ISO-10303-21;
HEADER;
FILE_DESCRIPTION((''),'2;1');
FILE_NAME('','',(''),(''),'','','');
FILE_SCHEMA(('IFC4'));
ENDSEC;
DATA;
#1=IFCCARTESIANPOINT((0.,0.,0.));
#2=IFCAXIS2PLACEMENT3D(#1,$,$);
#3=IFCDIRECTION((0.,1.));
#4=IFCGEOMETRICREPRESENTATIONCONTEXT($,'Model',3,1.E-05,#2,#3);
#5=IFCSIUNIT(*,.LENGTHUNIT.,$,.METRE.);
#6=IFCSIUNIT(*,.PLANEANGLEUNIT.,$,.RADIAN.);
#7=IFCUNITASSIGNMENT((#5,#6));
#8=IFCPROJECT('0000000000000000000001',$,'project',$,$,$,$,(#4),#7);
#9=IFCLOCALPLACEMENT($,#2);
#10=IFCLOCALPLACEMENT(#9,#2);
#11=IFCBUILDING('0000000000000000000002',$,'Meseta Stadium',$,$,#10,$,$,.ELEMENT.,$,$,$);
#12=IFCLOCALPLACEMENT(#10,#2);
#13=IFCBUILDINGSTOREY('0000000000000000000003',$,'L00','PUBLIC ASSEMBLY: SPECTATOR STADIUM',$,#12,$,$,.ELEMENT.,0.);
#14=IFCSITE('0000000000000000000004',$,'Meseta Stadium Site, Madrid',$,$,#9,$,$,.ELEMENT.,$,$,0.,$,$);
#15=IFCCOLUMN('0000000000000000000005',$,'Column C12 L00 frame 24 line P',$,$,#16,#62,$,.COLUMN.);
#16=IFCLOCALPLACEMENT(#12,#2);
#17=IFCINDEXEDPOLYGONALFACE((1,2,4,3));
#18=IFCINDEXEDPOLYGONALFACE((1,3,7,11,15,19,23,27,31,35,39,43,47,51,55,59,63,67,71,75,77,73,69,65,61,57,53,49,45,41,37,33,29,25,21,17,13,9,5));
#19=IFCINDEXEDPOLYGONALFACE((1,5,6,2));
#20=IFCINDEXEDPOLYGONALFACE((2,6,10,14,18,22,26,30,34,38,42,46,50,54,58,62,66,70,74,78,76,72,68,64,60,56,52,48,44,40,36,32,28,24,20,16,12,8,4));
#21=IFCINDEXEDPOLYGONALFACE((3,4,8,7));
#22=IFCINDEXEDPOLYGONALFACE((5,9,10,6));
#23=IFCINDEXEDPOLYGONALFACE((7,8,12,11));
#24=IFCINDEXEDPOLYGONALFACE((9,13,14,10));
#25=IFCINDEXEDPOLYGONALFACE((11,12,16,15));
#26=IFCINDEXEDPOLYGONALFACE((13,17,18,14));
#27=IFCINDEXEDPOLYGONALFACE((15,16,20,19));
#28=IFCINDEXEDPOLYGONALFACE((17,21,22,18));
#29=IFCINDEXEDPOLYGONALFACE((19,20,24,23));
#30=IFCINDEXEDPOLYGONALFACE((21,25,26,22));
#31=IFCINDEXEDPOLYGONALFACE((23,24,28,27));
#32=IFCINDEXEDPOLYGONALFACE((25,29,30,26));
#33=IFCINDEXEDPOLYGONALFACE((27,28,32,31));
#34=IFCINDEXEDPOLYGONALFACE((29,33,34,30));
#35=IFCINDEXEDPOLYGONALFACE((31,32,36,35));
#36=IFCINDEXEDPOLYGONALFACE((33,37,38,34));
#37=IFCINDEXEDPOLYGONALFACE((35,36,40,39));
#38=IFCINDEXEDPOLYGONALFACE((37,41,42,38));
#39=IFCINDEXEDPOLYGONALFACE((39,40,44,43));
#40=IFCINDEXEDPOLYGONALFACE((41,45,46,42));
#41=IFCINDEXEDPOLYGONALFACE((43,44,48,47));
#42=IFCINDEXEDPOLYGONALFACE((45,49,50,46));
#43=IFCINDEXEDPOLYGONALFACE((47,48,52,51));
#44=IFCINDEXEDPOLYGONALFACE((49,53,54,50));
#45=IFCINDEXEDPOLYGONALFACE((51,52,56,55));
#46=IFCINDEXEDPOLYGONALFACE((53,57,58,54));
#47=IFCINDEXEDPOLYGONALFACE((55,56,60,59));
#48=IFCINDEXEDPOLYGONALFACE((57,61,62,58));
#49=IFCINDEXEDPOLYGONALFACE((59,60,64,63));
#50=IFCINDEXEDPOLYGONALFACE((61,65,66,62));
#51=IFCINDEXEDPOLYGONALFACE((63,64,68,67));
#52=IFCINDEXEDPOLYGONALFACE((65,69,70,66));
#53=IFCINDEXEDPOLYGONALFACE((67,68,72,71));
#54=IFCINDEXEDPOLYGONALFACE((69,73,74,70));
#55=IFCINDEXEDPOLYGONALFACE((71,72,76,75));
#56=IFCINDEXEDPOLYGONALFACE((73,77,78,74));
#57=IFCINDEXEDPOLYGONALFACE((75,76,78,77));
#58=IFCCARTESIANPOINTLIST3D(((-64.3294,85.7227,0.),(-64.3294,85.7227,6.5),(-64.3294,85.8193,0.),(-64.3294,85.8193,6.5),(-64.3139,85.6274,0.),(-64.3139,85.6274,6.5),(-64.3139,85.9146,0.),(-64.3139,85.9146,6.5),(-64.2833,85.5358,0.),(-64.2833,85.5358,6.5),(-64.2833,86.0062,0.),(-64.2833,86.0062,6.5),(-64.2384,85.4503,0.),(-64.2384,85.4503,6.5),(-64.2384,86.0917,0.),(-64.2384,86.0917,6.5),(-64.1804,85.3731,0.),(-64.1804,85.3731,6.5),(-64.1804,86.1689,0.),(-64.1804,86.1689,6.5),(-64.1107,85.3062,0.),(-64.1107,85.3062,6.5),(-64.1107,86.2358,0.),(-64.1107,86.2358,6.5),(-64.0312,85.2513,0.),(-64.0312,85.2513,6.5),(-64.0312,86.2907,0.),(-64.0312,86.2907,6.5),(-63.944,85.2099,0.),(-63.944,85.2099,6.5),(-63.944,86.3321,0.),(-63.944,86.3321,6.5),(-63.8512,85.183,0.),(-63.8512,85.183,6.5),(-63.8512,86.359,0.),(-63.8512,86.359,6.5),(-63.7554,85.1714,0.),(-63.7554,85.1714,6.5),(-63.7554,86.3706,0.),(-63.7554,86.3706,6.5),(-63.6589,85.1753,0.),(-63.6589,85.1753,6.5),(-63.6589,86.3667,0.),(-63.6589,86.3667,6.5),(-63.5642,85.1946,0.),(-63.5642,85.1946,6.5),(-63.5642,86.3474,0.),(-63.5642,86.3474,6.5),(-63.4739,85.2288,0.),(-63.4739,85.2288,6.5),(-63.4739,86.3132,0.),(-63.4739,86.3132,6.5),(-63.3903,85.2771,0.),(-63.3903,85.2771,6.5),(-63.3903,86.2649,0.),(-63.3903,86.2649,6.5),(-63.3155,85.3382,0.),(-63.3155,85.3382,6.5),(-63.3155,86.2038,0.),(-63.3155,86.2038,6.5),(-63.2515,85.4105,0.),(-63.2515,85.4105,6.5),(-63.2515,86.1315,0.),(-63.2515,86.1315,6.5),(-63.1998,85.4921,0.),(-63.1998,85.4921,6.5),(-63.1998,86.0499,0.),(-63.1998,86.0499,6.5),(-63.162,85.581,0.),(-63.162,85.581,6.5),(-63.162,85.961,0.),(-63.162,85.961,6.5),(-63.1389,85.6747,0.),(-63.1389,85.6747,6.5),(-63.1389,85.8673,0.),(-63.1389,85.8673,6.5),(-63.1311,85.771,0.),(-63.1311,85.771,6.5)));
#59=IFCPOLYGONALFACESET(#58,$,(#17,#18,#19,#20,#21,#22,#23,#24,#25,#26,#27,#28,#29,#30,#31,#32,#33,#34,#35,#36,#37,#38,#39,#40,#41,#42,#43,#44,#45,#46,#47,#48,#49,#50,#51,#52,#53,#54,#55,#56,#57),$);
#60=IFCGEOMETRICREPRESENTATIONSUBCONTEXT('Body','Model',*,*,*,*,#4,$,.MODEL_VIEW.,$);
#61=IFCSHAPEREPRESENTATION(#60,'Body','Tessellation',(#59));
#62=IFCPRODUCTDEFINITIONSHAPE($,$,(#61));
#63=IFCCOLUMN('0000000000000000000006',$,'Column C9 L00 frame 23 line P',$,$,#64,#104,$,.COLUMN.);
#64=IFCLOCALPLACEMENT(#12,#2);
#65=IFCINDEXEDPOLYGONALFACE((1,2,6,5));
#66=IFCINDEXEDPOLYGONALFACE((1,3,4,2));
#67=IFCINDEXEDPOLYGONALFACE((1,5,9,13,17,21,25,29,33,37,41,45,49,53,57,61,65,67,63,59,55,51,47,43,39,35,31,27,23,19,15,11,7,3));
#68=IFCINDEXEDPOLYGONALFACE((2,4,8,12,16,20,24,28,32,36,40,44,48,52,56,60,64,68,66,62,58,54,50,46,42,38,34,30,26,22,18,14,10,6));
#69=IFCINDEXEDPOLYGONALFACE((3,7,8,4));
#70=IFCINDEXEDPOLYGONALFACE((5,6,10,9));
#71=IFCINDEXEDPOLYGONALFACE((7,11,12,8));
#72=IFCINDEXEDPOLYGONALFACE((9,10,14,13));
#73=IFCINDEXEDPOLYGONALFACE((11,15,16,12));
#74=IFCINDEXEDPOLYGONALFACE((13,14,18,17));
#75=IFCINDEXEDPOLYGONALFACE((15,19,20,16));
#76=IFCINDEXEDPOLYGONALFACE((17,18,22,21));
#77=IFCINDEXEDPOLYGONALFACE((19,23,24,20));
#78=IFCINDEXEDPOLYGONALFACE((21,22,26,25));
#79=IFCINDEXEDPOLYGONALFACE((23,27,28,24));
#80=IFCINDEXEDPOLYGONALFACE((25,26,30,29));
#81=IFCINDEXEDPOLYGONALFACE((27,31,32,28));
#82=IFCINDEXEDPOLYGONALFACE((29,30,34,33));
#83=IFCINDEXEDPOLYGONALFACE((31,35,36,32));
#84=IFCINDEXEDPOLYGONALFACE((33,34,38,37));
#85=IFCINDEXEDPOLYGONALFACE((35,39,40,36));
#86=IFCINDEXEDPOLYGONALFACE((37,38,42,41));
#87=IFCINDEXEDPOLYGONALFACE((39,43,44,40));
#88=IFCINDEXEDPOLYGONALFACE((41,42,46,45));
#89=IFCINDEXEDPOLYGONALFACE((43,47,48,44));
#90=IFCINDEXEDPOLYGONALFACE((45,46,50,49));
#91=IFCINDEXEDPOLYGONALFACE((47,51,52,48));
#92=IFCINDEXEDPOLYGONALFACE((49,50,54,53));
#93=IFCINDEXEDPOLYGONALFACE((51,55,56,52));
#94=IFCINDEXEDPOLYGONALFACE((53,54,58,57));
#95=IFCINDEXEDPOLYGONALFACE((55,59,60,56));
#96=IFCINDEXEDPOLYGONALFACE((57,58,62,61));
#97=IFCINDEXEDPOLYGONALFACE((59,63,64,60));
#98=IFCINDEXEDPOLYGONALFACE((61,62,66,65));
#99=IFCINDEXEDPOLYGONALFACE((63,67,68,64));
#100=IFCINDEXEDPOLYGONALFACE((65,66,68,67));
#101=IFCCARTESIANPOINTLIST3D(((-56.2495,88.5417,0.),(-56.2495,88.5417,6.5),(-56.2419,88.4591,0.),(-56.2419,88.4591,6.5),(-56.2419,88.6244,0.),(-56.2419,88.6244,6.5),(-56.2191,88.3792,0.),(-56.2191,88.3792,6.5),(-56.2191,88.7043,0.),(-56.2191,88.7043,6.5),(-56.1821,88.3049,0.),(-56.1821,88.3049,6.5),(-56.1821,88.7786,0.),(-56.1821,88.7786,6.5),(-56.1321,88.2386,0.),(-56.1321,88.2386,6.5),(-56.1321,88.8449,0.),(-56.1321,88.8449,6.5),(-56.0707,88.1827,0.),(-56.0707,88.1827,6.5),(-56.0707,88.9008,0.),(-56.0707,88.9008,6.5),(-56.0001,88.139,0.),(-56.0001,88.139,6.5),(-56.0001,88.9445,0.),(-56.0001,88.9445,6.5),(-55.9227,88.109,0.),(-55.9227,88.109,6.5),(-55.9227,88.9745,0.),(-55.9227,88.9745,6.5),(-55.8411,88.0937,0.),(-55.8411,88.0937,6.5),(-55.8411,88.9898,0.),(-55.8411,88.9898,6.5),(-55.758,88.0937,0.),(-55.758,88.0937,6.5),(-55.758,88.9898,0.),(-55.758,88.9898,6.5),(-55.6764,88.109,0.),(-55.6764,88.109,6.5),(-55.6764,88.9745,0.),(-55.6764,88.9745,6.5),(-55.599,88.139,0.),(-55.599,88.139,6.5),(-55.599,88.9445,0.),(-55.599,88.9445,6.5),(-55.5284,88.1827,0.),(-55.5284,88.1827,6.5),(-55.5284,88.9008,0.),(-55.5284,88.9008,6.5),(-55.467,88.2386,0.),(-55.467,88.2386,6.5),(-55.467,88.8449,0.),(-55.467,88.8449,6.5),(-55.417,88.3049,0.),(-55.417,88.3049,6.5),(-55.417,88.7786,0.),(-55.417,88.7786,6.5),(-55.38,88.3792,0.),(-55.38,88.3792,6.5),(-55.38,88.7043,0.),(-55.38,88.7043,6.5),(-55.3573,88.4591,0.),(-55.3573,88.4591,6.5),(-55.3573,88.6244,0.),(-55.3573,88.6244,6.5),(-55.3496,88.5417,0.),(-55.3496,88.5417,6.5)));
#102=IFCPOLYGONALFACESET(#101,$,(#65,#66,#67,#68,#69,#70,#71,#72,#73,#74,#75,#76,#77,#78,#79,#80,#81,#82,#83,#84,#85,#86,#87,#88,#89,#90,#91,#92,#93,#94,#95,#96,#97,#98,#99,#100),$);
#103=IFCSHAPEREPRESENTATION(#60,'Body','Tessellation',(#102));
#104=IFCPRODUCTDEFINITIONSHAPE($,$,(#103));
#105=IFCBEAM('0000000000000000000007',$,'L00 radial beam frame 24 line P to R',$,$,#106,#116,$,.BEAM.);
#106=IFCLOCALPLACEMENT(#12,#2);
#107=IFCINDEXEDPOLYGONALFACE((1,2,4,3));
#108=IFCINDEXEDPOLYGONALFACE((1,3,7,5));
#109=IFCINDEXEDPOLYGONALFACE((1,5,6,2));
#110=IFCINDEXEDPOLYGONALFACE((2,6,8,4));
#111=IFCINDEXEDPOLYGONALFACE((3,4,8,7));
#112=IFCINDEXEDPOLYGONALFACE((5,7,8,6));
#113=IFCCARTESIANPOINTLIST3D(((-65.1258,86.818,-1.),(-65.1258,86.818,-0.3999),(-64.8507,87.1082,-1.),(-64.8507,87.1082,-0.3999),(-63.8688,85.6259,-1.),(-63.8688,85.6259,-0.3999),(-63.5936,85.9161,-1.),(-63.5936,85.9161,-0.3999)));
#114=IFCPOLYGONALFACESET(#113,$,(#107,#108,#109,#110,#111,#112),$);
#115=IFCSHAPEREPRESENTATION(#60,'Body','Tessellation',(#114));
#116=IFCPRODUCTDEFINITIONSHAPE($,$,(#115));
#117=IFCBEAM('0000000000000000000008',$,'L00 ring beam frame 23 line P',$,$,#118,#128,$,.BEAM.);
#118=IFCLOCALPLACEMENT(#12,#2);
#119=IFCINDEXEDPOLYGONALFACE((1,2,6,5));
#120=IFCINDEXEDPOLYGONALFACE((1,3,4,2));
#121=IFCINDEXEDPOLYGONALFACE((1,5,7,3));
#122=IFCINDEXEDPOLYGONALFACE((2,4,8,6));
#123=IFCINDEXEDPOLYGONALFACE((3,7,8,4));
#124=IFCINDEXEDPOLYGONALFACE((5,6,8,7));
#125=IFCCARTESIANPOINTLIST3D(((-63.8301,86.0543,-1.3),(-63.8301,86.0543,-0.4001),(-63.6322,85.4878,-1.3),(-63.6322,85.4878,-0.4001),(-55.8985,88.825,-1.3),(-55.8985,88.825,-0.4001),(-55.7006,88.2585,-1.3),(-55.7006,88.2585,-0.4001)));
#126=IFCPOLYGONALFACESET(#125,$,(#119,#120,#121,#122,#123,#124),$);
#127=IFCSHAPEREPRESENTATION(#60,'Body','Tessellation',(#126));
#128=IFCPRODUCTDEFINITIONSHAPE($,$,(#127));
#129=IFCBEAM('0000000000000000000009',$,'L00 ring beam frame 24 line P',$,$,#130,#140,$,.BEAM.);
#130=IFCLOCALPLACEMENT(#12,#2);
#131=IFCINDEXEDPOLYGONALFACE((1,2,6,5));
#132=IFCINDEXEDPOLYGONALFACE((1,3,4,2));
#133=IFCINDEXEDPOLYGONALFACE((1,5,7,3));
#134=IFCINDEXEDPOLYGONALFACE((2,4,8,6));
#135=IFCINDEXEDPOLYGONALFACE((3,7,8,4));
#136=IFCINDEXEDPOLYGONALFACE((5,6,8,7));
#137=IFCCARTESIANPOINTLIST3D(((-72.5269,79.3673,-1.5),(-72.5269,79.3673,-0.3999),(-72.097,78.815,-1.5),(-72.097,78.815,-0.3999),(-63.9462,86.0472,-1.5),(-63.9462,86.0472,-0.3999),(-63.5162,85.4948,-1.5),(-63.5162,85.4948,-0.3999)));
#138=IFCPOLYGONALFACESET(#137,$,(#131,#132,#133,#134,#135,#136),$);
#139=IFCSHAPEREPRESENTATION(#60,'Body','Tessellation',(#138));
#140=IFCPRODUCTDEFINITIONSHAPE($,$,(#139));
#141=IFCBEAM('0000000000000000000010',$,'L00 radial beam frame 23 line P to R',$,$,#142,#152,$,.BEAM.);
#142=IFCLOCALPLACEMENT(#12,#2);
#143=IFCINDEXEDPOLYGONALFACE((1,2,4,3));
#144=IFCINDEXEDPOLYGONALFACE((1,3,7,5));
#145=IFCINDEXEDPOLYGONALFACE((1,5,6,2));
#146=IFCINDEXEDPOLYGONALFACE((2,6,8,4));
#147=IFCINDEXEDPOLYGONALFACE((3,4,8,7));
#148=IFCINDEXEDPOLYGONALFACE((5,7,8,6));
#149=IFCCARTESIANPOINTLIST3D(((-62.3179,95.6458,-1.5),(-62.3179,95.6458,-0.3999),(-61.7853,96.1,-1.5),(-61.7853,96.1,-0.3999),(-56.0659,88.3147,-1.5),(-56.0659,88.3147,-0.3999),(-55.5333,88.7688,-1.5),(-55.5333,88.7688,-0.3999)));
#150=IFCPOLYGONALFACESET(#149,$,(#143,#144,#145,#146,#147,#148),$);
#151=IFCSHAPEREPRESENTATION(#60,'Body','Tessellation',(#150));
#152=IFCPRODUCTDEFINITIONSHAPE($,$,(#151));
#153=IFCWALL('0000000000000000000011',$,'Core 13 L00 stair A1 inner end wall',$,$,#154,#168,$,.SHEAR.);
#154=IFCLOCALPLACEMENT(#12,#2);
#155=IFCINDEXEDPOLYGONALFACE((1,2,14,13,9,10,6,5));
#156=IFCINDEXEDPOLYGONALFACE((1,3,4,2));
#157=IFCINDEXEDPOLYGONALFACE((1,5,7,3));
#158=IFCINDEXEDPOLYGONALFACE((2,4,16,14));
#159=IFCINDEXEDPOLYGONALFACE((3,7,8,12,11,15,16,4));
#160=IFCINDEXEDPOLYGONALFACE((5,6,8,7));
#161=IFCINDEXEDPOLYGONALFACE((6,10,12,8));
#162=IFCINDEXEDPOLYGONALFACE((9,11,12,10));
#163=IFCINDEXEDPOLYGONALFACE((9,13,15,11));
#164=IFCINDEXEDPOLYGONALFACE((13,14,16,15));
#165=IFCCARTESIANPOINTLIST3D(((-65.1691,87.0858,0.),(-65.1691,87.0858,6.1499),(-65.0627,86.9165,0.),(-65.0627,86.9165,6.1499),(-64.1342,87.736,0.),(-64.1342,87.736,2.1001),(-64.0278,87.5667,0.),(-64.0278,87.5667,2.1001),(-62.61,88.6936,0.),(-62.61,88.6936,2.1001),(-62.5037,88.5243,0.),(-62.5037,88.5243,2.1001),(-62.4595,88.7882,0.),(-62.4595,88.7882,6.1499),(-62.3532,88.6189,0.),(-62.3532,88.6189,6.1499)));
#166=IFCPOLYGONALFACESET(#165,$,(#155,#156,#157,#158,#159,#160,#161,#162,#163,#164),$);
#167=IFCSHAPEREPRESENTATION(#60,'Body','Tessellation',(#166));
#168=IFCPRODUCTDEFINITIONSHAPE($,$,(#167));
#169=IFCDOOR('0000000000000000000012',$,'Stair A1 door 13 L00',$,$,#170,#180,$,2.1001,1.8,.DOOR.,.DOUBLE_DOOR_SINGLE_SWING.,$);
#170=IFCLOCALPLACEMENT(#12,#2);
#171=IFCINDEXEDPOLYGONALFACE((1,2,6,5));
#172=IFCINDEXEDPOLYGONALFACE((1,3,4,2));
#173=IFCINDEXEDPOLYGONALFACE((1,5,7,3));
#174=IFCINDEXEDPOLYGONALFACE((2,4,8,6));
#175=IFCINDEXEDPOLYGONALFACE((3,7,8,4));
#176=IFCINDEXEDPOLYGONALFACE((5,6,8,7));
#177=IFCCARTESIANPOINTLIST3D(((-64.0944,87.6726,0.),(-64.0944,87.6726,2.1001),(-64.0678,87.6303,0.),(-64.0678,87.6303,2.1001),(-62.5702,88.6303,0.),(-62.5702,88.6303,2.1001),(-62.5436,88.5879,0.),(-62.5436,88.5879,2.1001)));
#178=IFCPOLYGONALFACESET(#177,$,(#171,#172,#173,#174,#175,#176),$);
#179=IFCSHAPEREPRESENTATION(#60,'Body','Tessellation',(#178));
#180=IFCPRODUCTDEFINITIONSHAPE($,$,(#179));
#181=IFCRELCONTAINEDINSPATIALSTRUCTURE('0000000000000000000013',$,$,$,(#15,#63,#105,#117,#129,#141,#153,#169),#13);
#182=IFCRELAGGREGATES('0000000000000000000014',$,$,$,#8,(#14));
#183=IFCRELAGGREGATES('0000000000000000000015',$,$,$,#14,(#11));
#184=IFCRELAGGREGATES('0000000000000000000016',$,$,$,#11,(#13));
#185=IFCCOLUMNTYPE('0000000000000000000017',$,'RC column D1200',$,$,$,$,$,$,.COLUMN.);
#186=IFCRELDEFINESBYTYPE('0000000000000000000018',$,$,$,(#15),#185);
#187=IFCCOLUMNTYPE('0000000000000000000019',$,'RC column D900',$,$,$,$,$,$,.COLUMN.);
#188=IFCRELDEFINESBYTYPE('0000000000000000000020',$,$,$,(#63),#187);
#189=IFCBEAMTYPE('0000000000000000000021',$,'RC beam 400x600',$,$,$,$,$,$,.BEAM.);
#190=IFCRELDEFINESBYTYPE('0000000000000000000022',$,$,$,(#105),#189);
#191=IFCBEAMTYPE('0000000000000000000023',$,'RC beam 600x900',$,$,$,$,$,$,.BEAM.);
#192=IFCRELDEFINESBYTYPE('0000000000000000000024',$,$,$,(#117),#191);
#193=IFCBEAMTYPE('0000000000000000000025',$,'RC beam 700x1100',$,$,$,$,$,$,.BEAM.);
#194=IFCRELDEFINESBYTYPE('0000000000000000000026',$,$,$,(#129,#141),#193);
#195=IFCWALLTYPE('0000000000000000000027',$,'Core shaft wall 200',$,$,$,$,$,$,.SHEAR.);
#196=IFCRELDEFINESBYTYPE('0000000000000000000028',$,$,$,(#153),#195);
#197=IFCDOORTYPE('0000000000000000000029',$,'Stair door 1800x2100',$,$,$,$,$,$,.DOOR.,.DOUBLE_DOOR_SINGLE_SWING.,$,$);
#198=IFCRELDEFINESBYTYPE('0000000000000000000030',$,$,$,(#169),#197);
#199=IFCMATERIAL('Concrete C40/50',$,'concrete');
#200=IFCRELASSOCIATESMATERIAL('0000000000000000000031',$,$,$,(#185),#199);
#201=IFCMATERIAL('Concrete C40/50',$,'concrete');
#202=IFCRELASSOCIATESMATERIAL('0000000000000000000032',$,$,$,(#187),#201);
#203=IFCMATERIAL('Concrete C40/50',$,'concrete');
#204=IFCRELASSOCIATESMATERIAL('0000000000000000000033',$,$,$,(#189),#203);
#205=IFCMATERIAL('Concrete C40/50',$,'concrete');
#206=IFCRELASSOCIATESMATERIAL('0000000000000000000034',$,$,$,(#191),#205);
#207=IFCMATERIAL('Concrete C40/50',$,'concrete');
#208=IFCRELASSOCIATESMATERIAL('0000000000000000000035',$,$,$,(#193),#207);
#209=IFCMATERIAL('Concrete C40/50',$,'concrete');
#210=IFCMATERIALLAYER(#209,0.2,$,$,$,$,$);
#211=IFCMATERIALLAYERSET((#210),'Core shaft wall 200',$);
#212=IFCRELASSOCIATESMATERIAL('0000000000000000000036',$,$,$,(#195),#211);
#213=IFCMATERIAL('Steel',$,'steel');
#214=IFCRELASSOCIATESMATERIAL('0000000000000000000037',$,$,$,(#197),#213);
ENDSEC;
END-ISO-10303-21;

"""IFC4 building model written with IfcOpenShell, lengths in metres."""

from ifc_helpers import new_model, si_unit, direction, frame, frame_2d, origin, origin_2d, place, context, subcontext, project, spatial, rectangle, circle, extrude, material, layer, layer_set, material_profile, profile_set, type_object, element, fill, save


model = new_model("IFC4")

# Units and contexts
model_context = context("Model", 3, precision=1e-05, world=origin(), true_north=direction((0.0, 1.0)))
body_context = subcontext(model_context, "Body", "Model", "MODEL_VIEW")
ifc_project = project(units=[si_unit("LENGTHUNIT", "METRE"), si_unit("PLANEANGLEUNIT", "RADIAN")], contexts=[model_context])

# Site, building, storey
site_placement = place(None, origin())
site = spatial("IfcSite", under=ifc_project, at=site_placement, Name="Meseta Stadium Site, Madrid", CompositionType="ELEMENT", RefElevation=0.0)
building_placement = place(site_placement, origin())
building = spatial("IfcBuilding", under=site, at=building_placement, Name="Meseta Stadium", CompositionType="ELEMENT")
storey_placement = place(building_placement, origin())
storey = spatial("IfcBuildingStorey", under=building, at=storey_placement, Name="L00", Description="PUBLIC ASSEMBLY: SPECTATOR STADIUM", CompositionType="ELEMENT", Elevation=0.0)

# Columns
ifc_material_1 = material(Name="Concrete C40/50", Category="concrete")
ifc_material_profile_1 = material_profile(ifc_material_1, circle(Radius=0.6001, at=origin_2d()), Name="RC D1200")
ifc_profile_set_1 = profile_set([ifc_material_profile_1], Name="Concrete C40/50")
column_type_1 = type_object("IfcColumnType", Name="RC column D1200", PredefinedType="COLUMN", material=ifc_profile_set_1)
column_1_placement = place(storey_placement, frame((-63.7312, 85.771, 0.0), z_axis=(0.0, 0.0, 1.0), x_axis=(1.0, 0.0, 0.0)))
element("IfcColumn", 1, at=column_1_placement, inside=storey, type_object=column_type_1, Name="Column C12 L00 frame 24 line P", PredefinedType="COLUMN", context=body_context, shape_type="SweptSolid", body=[
    extrude(circle(Radius=0.6001, at=origin_2d()), origin(), (0.0, 0.0, 1.0), 6.5),
])
ifc_material_2 = material(Name="Concrete C40/50", Category="concrete")
ifc_material_profile_2 = material_profile(ifc_material_2, circle(Radius=0.45, at=origin_2d()), Name="RC D900")
ifc_profile_set_2 = profile_set([ifc_material_profile_2], Name="Concrete C40/50")
column_type_2 = type_object("IfcColumnType", Name="RC column D900", PredefinedType="COLUMN", material=ifc_profile_set_2)
column_2_placement = place(storey_placement, frame((-55.7996, 88.5417, 0.0), z_axis=(0.0, 0.0, 1.0), x_axis=(1.0, 0.0, 0.0)))
element("IfcColumn", 2, at=column_2_placement, inside=storey, type_object=column_type_2, Name="Column C9 L00 frame 23 line P", PredefinedType="COLUMN", context=body_context, shape_type="SweptSolid", body=[
    extrude(circle(Radius=0.45, at=origin_2d()), origin(), (0.0, 0.0, 1.0), 6.5),
])

# Beams
ifc_material_3 = material(Name="Concrete C40/50", Category="concrete")
ifc_material_profile_3 = material_profile(ifc_material_3, rectangle(XDim=0.3999, YDim=0.6001, at=origin_2d()), Name="RC 400x600")
ifc_profile_set_3 = profile_set([ifc_material_profile_3], Name="Concrete C40/50")
beam_type_1 = type_object("IfcBeamType", Name="RC beam 400x600", PredefinedType="BEAM", material=ifc_profile_set_3)
beam_1_placement = place(storey_placement, frame((-63.7312, 85.771, -0.7), z_axis=(-0.725601, 0.688116, 0.0), x_axis=(-0.688116, -0.725601, 0.0)))
element("IfcBeam", 3, at=beam_1_placement, inside=storey, type_object=beam_type_1, Name="L00 radial beam frame 24 line P to R", PredefinedType="BEAM", context=body_context, shape_type="SweptSolid", body=[
    extrude(rectangle(XDim=0.3999, YDim=0.6001, at=origin_2d()), origin(), (0.0, 0.0, 1.0), 1.7324),
])
ifc_material_4 = material(Name="Concrete C40/50", Category="concrete")
ifc_material_profile_4 = material_profile(ifc_material_4, rectangle(XDim=0.6001, YDim=0.8999, at=origin_2d()), Name="RC 600x900")
ifc_profile_set_4 = profile_set([ifc_material_profile_4], Name="Concrete C40/50")
beam_type_2 = type_object("IfcBeamType", Name="RC beam 600x900", PredefinedType="BEAM", material=ifc_profile_set_4)
beam_2_placement = place(storey_placement, frame((-55.7996, 88.5417, -0.8501), z_axis=(-0.944056, -0.329786, 0.0), x_axis=(0.329786, -0.944056, 0.0)))
element("IfcBeam", 4, at=beam_2_placement, inside=storey, type_object=beam_type_2, Name="L00 ring beam frame 23 line P", PredefinedType="BEAM", context=body_context, shape_type="SweptSolid", body=[
    extrude(rectangle(XDim=0.6001, YDim=0.8999, at=origin_2d()), origin(), (0.0, 0.0, 1.0), 8.4016),
])
ifc_material_5 = material(Name="Concrete C40/50", Category="concrete")
ifc_material_profile_5 = material_profile(ifc_material_5, rectangle(XDim=0.7, YDim=1.1001, at=origin_2d()), Name="RC 700x1100")
ifc_profile_set_5 = profile_set([ifc_material_profile_5], Name="Concrete C40/50")
beam_type_3 = type_object("IfcBeamType", Name="RC beam 700x1100", PredefinedType="BEAM", material=ifc_profile_set_5)
beam_3_placement = place(storey_placement, frame((-63.7312, 85.771, -0.95), z_axis=(-0.789086, -0.614283, 0.0), x_axis=(0.614283, -0.789086, 0.0)))
element("IfcBeam", 5, at=beam_3_placement, inside=storey, type_object=beam_type_3, Name="L00 ring beam frame 24 line P", PredefinedType="BEAM", context=body_context, shape_type="SweptSolid", body=[
    extrude(rectangle(XDim=0.7, YDim=1.1001, at=origin_2d()), origin(), (0.0, 0.0, 1.0), 10.8743),
])
beam_4_placement = place(storey_placement, frame((-55.7996, 88.5417, -0.95), z_axis=(-0.648886, 0.760885, 0.0), x_axis=(-0.760885, -0.648886, 0.0)))
element("IfcBeam", 6, at=beam_4_placement, inside=storey, type_object=beam_type_3, Name="L00 radial beam frame 23 line P to R", PredefinedType="BEAM", context=body_context, shape_type="SweptSolid", body=[
    extrude(rectangle(XDim=0.7, YDim=1.1001, at=origin_2d()), origin(), (0.0, 0.0, 1.0), 9.635),
])

# Wall, opening, door
ifc_material_6 = material(Name="Concrete C40/50", Category="concrete")
ifc_layer_1 = layer(ifc_material_6, 0.2)
ifc_layer_set_1 = layer_set([ifc_layer_1], Name="Core shaft wall 200")
wall_type_1 = type_object("IfcWallType", Name="Core shaft wall 200", PredefinedType="SHEAR", material=ifc_layer_set_1)
wall_1_placement = place(storey_placement, frame((-62.4062, 88.7036, 0.0), z_axis=(0.0, 0.0, 1.0), x_axis=(-0.846736, -0.532014, 0.0)))
wall_1 = element("IfcWall", 7, at=wall_1_placement, inside=storey, type_object=wall_type_1, Name="Core 13 L00 stair A1 inner end wall", PredefinedType="SHEAR", context=body_context, shape_type="SweptSolid", body=[
    extrude(rectangle(XDim=3.2, YDim=0.2, at=frame_2d((1.6001, 0.0))), origin(), (0.0, 0.0, 1.0), 6.1499),
])
opening_1_placement = place(wall_1_placement, frame((0.178, 0.0, 0.0)))
opening_1 = element("IfcOpeningElement", 8, at=opening_1_placement, cuts=wall_1, PredefinedType="OPENING", context=body_context, shape_type="SweptSolid", body=[
    extrude(rectangle(XDim=1.8, YDim=2.1001, at=frame_2d((0.8999, 1.05))), frame((0.0, 0.1099, 0.0), z_axis=(0.0, -1.0, 0.0), x_axis=(1.0, 0.0, 0.0)), (0.0, 0.0, 1.0), 0.22),
])
ifc_material_7 = material(Name="Steel", Category="steel")
door_type_1 = type_object("IfcDoorType", Name="Stair door 1800x2100", OperationType="DOUBLE_DOOR_SINGLE_SWING", PredefinedType="DOOR", material=ifc_material_7)
door_1_placement = place(opening_1_placement, origin())
door_1 = element("IfcDoor", 9, at=door_1_placement, inside=storey, type_object=door_type_1, Name="Stair A1 door 13 L00", OperationType="DOUBLE_DOOR_SINGLE_SWING", OverallHeight=2.1001, OverallWidth=1.8, PredefinedType="DOOR", context=body_context, shape_type="SweptSolid", body=[
    extrude(rectangle(XDim=1.8, YDim=2.1001, at=frame_2d((0.8999, 1.05))), frame((0.0, 0.0249, 0.0), z_axis=(0.0, -1.0, 0.0), x_axis=(1.0, 0.0, 0.0)), (0.0, 0.0, 1.0), 0.05),
])
fill(opening_1, door_1)

save(model, "model.ifc")
